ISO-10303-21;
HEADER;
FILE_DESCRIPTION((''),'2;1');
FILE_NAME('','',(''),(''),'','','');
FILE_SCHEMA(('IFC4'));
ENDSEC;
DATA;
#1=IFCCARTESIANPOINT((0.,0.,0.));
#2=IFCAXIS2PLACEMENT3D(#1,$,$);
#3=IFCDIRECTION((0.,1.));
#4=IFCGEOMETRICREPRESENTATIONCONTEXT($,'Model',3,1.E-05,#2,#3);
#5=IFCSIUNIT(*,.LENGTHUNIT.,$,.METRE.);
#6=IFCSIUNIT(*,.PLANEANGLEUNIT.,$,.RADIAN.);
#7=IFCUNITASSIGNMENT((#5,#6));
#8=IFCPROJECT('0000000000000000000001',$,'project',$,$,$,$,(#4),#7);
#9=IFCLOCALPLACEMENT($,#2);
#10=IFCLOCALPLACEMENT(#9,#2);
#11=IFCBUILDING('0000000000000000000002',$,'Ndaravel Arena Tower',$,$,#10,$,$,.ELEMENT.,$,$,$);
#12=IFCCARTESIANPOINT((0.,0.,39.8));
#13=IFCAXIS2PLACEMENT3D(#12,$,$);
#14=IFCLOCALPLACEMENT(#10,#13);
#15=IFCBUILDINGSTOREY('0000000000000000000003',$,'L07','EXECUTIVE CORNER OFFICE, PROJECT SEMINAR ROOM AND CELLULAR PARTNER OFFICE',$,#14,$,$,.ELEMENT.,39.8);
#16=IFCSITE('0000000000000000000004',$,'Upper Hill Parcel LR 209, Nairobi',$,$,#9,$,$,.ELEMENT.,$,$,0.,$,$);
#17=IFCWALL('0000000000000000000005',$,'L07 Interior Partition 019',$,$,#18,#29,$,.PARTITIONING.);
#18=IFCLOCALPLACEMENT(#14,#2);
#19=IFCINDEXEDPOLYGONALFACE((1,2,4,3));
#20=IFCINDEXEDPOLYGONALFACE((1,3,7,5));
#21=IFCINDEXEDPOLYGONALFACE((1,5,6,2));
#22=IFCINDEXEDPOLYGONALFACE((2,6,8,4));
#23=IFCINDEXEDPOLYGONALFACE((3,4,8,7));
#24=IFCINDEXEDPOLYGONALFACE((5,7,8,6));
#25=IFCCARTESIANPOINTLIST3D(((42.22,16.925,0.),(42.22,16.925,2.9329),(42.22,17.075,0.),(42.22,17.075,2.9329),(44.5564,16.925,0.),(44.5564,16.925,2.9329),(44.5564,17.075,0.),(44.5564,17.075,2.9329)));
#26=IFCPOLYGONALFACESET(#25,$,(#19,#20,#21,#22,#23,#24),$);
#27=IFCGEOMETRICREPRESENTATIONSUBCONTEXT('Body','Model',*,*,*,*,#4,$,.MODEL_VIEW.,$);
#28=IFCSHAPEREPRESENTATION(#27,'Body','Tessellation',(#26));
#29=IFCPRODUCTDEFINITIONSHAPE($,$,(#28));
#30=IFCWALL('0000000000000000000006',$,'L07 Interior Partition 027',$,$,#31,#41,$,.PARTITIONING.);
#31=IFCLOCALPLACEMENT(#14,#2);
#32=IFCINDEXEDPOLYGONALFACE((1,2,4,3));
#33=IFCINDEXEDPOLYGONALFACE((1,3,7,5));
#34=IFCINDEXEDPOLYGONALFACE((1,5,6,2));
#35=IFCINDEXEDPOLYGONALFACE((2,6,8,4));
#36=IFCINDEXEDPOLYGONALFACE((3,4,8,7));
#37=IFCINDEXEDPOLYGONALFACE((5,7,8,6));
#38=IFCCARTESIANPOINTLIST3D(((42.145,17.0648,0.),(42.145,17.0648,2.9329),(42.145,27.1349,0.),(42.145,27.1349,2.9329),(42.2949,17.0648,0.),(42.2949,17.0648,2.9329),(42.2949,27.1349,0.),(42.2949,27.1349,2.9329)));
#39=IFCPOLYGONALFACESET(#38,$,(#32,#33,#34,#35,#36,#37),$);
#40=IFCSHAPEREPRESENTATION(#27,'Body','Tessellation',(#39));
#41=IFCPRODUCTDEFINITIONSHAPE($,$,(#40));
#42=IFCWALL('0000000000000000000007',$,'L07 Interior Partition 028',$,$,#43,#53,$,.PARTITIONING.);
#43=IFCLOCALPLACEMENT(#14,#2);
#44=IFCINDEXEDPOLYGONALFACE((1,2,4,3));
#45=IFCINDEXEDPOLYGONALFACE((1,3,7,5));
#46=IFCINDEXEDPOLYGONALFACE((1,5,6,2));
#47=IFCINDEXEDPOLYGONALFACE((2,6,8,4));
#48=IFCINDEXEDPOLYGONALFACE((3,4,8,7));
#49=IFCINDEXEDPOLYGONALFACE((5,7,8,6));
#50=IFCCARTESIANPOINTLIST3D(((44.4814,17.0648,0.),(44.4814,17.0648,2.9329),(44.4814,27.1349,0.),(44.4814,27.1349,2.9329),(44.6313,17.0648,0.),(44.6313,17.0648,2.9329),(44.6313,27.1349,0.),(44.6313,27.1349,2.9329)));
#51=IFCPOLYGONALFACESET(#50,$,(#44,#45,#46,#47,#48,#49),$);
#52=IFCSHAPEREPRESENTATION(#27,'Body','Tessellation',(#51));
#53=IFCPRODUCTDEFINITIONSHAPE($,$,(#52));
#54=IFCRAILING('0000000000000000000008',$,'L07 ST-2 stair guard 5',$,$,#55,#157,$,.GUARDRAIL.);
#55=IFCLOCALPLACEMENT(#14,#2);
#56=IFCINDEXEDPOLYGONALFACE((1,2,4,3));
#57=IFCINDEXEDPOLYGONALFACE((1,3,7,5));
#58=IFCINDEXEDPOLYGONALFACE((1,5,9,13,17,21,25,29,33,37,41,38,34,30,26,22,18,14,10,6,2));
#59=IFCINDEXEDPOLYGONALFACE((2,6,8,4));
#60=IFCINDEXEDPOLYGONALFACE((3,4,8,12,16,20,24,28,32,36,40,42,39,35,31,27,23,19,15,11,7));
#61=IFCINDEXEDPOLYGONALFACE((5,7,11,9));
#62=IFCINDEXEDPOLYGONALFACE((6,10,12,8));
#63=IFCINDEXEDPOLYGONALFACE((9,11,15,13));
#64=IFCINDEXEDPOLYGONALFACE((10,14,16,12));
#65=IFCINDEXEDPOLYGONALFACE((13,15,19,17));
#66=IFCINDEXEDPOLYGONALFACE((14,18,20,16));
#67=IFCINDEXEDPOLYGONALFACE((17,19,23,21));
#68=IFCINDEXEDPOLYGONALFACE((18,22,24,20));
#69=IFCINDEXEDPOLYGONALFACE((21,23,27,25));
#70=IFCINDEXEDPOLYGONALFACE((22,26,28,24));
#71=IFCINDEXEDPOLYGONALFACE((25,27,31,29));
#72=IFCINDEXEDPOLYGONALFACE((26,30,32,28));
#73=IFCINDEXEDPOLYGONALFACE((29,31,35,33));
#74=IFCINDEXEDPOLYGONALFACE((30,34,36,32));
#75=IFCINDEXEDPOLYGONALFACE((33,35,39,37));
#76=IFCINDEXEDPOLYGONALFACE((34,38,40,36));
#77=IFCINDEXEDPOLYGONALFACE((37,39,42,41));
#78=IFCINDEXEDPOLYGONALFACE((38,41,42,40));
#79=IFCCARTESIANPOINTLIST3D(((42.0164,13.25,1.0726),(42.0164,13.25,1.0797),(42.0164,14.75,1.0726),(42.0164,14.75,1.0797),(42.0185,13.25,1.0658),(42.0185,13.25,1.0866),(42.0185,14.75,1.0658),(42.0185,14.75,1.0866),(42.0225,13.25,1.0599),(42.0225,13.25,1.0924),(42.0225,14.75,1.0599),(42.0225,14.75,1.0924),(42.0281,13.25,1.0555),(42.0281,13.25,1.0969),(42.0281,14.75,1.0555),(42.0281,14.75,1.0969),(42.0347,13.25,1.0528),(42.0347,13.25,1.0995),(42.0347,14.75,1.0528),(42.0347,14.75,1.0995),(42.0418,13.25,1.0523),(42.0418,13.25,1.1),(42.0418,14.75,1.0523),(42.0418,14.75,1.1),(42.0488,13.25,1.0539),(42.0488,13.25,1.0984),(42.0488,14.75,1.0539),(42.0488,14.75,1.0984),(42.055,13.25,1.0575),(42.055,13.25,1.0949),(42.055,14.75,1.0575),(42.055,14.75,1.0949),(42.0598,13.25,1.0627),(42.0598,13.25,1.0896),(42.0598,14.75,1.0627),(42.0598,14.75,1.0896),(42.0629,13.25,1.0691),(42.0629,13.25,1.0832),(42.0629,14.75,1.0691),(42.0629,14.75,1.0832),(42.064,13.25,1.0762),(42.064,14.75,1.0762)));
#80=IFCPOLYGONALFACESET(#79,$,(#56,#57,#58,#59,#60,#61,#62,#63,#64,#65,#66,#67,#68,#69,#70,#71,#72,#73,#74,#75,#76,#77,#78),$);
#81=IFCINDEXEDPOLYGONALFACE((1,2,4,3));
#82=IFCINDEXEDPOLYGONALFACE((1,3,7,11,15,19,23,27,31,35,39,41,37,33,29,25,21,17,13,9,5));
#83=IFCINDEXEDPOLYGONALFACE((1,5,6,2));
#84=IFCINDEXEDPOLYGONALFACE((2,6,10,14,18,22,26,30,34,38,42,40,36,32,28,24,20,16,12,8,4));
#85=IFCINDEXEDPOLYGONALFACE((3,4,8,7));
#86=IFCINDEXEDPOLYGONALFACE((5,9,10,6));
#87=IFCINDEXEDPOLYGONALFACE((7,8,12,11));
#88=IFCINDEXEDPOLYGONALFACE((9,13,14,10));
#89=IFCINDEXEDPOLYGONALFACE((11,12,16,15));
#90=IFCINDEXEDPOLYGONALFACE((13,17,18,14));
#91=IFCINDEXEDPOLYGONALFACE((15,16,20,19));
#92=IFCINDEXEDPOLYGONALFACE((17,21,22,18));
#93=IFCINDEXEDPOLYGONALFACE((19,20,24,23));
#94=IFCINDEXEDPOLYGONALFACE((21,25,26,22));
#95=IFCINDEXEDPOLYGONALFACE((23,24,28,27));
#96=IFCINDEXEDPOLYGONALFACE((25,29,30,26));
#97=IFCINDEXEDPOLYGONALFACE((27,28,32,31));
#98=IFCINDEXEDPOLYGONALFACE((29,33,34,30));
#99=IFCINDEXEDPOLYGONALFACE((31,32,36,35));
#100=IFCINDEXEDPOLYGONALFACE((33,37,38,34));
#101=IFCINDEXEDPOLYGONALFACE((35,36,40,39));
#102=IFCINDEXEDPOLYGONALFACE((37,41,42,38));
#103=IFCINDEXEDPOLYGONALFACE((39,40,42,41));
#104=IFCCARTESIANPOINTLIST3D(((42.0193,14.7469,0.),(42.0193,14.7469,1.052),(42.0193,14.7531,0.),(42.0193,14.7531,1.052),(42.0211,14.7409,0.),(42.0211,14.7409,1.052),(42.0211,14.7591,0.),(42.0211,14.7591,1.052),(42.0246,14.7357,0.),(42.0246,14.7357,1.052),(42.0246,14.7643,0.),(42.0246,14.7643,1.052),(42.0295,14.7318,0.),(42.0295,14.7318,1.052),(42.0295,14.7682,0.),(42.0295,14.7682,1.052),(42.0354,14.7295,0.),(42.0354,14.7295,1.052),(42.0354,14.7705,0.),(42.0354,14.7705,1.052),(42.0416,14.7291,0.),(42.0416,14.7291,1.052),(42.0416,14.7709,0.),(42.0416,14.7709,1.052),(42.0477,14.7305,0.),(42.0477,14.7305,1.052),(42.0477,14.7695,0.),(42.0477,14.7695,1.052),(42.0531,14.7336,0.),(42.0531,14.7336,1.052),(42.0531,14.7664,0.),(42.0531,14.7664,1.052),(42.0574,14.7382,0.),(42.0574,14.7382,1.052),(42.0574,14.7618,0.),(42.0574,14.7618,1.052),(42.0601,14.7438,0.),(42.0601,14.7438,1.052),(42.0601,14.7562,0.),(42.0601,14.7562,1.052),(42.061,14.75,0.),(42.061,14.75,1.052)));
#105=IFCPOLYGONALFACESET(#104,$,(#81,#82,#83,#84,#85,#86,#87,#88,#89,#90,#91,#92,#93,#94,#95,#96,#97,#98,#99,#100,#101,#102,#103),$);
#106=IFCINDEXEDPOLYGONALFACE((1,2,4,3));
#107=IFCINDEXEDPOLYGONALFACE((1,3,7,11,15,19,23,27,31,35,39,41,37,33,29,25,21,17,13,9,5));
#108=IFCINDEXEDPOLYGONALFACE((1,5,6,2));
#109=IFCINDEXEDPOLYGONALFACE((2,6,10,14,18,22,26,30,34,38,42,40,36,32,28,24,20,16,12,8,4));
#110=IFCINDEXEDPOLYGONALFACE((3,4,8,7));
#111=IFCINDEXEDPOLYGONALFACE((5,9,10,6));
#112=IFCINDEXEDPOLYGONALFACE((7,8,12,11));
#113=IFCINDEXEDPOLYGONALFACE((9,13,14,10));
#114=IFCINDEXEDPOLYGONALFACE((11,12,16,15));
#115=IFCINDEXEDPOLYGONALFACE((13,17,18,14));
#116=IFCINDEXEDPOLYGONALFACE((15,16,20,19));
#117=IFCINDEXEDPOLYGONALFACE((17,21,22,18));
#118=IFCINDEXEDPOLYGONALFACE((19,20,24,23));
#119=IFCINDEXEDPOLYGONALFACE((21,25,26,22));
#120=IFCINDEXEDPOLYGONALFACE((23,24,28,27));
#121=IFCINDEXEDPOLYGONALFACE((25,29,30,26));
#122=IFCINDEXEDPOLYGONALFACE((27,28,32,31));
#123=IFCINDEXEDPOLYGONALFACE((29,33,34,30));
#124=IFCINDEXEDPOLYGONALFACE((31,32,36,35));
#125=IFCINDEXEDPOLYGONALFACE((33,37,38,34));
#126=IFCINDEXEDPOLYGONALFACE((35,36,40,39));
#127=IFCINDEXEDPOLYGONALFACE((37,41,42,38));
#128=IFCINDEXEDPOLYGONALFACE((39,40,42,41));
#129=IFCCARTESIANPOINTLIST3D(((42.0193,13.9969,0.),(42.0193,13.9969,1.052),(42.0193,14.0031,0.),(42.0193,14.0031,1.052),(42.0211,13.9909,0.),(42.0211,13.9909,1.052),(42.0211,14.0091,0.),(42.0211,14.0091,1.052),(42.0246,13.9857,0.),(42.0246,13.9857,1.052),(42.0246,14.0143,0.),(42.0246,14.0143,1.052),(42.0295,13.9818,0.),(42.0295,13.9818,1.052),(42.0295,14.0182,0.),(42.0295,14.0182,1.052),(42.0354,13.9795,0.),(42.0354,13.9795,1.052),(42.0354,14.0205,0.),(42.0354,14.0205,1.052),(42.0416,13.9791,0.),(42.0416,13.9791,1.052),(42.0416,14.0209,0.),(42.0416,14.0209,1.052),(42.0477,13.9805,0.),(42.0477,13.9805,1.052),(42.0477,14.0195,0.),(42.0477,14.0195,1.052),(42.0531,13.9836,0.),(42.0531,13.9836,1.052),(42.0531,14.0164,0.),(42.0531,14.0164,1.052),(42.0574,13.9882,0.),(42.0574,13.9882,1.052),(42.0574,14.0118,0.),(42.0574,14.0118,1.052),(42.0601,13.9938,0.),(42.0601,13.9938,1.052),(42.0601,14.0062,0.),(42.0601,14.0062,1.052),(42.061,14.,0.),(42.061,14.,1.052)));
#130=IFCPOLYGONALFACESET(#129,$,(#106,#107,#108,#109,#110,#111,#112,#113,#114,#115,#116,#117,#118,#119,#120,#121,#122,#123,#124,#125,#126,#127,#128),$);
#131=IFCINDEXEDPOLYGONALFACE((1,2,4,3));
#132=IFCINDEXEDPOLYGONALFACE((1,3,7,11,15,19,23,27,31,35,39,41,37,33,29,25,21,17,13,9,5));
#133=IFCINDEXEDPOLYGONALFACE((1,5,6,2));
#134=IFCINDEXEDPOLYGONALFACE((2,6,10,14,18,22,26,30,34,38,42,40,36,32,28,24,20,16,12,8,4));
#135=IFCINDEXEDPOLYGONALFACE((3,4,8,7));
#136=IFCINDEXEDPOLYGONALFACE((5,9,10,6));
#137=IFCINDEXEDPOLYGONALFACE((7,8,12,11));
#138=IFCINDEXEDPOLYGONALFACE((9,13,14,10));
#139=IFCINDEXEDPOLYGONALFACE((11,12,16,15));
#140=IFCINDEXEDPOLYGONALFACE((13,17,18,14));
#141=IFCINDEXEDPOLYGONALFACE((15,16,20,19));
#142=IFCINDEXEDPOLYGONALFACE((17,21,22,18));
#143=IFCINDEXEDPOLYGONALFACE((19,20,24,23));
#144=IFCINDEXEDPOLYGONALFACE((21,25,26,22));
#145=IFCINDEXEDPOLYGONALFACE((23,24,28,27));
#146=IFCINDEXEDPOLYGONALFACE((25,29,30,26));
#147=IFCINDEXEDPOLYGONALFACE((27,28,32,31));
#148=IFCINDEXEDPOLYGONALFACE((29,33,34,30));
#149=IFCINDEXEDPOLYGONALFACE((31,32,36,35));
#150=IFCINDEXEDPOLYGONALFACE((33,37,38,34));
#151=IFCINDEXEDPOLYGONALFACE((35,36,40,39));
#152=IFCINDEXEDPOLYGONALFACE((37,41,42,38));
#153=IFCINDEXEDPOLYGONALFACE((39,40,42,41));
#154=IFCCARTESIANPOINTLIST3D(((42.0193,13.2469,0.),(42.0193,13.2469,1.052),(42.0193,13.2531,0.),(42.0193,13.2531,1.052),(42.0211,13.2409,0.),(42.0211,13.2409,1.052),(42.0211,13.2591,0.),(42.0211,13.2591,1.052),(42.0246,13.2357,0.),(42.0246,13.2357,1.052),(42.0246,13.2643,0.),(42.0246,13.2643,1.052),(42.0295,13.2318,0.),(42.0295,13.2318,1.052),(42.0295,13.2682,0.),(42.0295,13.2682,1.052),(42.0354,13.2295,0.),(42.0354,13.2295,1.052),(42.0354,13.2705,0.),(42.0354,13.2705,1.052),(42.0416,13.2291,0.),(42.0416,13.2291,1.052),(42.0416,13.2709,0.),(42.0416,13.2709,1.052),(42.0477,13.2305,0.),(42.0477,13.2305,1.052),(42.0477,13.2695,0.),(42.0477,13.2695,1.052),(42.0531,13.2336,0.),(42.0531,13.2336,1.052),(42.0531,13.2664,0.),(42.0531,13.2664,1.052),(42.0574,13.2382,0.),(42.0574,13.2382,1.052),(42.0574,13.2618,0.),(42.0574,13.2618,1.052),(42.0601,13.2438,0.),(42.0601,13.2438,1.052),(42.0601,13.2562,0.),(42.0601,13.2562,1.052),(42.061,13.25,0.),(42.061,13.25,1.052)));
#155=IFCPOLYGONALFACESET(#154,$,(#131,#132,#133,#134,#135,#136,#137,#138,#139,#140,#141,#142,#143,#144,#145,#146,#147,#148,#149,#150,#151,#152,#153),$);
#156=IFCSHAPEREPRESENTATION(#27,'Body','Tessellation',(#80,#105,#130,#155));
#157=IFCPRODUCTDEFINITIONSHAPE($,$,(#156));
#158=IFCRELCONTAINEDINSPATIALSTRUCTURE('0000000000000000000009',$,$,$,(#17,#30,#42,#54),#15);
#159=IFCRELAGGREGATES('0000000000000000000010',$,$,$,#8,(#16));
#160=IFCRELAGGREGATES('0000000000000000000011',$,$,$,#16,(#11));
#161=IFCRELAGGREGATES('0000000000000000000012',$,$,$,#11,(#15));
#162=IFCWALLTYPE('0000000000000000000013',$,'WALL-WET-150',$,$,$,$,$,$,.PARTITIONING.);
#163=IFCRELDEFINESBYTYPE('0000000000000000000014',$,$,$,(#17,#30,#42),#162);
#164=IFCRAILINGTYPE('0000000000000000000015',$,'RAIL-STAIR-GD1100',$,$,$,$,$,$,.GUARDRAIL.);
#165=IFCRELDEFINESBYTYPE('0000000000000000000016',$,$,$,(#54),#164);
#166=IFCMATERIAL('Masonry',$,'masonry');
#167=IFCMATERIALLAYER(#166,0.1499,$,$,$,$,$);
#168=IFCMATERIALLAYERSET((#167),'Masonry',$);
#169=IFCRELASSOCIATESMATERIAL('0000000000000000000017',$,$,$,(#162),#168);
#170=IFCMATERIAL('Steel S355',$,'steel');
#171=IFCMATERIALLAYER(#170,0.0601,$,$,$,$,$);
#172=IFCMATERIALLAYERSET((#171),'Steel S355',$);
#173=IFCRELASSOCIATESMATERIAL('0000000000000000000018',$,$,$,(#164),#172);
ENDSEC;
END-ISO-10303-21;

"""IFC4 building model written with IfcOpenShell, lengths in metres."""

from ifc_helpers import new_model, si_unit, direction, frame, frame_2d, origin, origin_2d, place, context, subcontext, project, spatial, rectangle, circle, extrude, material, layer, layer_set, type_object, element, save


model = new_model("IFC4")

# Units and contexts
model_context = context("Model", 3, precision=1e-05, world=origin(), true_north=direction((0.0, 1.0)))
body_context = subcontext(model_context, "Body", "Model", "MODEL_VIEW")
ifc_project = project(units=[si_unit("LENGTHUNIT", "METRE"), si_unit("PLANEANGLEUNIT", "RADIAN")], contexts=[model_context])

# Site, building, storey
site_placement = place(None, origin())
site = spatial("IfcSite", under=ifc_project, at=site_placement, Name="Upper Hill Parcel LR 209, Nairobi", CompositionType="ELEMENT", RefElevation=0.0)
building_placement = place(site_placement, origin())
building = spatial("IfcBuilding", under=site, at=building_placement, Name="Ndaravel Arena Tower", CompositionType="ELEMENT")
storey_placement = place(building_placement, frame((0.0, 0.0, 39.8)))
storey = spatial("IfcBuildingStorey", under=building, at=storey_placement, Name="L07", Description="EXECUTIVE CORNER OFFICE, PROJECT SEMINAR ROOM AND CELLULAR PARTNER OFFICE", CompositionType="ELEMENT", Elevation=39.8)

# Shared definitions
ifc_material_1 = material(Name="Masonry", Category="masonry")
ifc_layer_1 = layer(ifc_material_1, 0.1499)
ifc_layer_set_1 = layer_set([ifc_layer_1], Name="Masonry")
wall_type_1 = type_object("IfcWallType", Name="WALL-WET-150", PredefinedType="PARTITIONING", material=ifc_layer_set_1)

# Walls
wall_1_placement = place(storey_placement, frame((42.22, 17.0, 0.0), z_axis=(0.0, 0.0, 1.0), x_axis=(1.0, 0.0, 0.0)))
element("IfcWall", 1, at=wall_1_placement, inside=storey, type_object=wall_type_1, Name="L07 Interior Partition 019", PredefinedType="PARTITIONING", context=body_context, shape_type="SweptSolid", body=[
    extrude(rectangle(XDim=2.3364, YDim=0.1499, at=frame_2d((1.1682, 0.0))), origin(), (0.0, 0.0, 1.0), 2.9329),
])
for number, where, z_axis, x_axis, name in (
    (2, (42.22, 27.135, 0.0), (0.0, 0.0, 1.0), (0.0, -1.0, 0.0), "L07 Interior Partition 027"),
    (3, (44.5564, 27.135, 0.0), (0.0, 0.0, 1.0), (0.0, -1.0, 0.0), "L07 Interior Partition 028"),
):
    element("IfcWall", number, at=place(storey_placement, frame(where, z_axis=z_axis, x_axis=x_axis)), inside=storey, type_object=wall_type_1, Name=name, PredefinedType="PARTITIONING", context=body_context, shape_type="SweptSolid", body=[
        extrude(rectangle(XDim=10.0701, YDim=0.1499, at=frame_2d((5.0352, 0.0))), origin(), (0.0, 0.0, 1.0), 2.9329),
    ])

# Railing
ifc_material_2 = material(Name="Steel S355", Category="steel")
ifc_layer_2 = layer(ifc_material_2, 0.0601)
ifc_layer_set_2 = layer_set([ifc_layer_2], Name="Steel S355")
railing_type = type_object("IfcRailingType", Name="RAIL-STAIR-GD1100", PredefinedType="GUARDRAIL", material=ifc_layer_set_2)
for number, where, name in (
    (4, (42.04, 14.75, 0.0), "L07 ST-2 stair guard 5"),
):
    element("IfcRailing", number, at=place(storey_placement, frame(where)), inside=storey, type_object=railing_type, Name=name, PredefinedType="GUARDRAIL", context=body_context, shape_type="SweptSolid", body=[
        extrude(circle(Radius=0.0239, at=origin_2d()), frame((0.0, 0.0, 1.0762), z_axis=(0.0, -1.0, 0.0), x_axis=(1.0, 0.0, 0.0)), (0.0, 0.0, 1.0), 1.5),
        extrude(circle(Radius=0.021, at=origin_2d()), origin(), (0.0, 0.0, 1.0), 1.052),
        extrude(circle(Radius=0.021, at=origin_2d()), frame((0.0, -0.75, 0.0)), (0.0, 0.0, 1.0), 1.052),
        extrude(circle(Radius=0.021, at=origin_2d()), frame((0.0, -1.5, 0.0)), (0.0, 0.0, 1.0), 1.052),
    ])

save(model, "model.ifc")
